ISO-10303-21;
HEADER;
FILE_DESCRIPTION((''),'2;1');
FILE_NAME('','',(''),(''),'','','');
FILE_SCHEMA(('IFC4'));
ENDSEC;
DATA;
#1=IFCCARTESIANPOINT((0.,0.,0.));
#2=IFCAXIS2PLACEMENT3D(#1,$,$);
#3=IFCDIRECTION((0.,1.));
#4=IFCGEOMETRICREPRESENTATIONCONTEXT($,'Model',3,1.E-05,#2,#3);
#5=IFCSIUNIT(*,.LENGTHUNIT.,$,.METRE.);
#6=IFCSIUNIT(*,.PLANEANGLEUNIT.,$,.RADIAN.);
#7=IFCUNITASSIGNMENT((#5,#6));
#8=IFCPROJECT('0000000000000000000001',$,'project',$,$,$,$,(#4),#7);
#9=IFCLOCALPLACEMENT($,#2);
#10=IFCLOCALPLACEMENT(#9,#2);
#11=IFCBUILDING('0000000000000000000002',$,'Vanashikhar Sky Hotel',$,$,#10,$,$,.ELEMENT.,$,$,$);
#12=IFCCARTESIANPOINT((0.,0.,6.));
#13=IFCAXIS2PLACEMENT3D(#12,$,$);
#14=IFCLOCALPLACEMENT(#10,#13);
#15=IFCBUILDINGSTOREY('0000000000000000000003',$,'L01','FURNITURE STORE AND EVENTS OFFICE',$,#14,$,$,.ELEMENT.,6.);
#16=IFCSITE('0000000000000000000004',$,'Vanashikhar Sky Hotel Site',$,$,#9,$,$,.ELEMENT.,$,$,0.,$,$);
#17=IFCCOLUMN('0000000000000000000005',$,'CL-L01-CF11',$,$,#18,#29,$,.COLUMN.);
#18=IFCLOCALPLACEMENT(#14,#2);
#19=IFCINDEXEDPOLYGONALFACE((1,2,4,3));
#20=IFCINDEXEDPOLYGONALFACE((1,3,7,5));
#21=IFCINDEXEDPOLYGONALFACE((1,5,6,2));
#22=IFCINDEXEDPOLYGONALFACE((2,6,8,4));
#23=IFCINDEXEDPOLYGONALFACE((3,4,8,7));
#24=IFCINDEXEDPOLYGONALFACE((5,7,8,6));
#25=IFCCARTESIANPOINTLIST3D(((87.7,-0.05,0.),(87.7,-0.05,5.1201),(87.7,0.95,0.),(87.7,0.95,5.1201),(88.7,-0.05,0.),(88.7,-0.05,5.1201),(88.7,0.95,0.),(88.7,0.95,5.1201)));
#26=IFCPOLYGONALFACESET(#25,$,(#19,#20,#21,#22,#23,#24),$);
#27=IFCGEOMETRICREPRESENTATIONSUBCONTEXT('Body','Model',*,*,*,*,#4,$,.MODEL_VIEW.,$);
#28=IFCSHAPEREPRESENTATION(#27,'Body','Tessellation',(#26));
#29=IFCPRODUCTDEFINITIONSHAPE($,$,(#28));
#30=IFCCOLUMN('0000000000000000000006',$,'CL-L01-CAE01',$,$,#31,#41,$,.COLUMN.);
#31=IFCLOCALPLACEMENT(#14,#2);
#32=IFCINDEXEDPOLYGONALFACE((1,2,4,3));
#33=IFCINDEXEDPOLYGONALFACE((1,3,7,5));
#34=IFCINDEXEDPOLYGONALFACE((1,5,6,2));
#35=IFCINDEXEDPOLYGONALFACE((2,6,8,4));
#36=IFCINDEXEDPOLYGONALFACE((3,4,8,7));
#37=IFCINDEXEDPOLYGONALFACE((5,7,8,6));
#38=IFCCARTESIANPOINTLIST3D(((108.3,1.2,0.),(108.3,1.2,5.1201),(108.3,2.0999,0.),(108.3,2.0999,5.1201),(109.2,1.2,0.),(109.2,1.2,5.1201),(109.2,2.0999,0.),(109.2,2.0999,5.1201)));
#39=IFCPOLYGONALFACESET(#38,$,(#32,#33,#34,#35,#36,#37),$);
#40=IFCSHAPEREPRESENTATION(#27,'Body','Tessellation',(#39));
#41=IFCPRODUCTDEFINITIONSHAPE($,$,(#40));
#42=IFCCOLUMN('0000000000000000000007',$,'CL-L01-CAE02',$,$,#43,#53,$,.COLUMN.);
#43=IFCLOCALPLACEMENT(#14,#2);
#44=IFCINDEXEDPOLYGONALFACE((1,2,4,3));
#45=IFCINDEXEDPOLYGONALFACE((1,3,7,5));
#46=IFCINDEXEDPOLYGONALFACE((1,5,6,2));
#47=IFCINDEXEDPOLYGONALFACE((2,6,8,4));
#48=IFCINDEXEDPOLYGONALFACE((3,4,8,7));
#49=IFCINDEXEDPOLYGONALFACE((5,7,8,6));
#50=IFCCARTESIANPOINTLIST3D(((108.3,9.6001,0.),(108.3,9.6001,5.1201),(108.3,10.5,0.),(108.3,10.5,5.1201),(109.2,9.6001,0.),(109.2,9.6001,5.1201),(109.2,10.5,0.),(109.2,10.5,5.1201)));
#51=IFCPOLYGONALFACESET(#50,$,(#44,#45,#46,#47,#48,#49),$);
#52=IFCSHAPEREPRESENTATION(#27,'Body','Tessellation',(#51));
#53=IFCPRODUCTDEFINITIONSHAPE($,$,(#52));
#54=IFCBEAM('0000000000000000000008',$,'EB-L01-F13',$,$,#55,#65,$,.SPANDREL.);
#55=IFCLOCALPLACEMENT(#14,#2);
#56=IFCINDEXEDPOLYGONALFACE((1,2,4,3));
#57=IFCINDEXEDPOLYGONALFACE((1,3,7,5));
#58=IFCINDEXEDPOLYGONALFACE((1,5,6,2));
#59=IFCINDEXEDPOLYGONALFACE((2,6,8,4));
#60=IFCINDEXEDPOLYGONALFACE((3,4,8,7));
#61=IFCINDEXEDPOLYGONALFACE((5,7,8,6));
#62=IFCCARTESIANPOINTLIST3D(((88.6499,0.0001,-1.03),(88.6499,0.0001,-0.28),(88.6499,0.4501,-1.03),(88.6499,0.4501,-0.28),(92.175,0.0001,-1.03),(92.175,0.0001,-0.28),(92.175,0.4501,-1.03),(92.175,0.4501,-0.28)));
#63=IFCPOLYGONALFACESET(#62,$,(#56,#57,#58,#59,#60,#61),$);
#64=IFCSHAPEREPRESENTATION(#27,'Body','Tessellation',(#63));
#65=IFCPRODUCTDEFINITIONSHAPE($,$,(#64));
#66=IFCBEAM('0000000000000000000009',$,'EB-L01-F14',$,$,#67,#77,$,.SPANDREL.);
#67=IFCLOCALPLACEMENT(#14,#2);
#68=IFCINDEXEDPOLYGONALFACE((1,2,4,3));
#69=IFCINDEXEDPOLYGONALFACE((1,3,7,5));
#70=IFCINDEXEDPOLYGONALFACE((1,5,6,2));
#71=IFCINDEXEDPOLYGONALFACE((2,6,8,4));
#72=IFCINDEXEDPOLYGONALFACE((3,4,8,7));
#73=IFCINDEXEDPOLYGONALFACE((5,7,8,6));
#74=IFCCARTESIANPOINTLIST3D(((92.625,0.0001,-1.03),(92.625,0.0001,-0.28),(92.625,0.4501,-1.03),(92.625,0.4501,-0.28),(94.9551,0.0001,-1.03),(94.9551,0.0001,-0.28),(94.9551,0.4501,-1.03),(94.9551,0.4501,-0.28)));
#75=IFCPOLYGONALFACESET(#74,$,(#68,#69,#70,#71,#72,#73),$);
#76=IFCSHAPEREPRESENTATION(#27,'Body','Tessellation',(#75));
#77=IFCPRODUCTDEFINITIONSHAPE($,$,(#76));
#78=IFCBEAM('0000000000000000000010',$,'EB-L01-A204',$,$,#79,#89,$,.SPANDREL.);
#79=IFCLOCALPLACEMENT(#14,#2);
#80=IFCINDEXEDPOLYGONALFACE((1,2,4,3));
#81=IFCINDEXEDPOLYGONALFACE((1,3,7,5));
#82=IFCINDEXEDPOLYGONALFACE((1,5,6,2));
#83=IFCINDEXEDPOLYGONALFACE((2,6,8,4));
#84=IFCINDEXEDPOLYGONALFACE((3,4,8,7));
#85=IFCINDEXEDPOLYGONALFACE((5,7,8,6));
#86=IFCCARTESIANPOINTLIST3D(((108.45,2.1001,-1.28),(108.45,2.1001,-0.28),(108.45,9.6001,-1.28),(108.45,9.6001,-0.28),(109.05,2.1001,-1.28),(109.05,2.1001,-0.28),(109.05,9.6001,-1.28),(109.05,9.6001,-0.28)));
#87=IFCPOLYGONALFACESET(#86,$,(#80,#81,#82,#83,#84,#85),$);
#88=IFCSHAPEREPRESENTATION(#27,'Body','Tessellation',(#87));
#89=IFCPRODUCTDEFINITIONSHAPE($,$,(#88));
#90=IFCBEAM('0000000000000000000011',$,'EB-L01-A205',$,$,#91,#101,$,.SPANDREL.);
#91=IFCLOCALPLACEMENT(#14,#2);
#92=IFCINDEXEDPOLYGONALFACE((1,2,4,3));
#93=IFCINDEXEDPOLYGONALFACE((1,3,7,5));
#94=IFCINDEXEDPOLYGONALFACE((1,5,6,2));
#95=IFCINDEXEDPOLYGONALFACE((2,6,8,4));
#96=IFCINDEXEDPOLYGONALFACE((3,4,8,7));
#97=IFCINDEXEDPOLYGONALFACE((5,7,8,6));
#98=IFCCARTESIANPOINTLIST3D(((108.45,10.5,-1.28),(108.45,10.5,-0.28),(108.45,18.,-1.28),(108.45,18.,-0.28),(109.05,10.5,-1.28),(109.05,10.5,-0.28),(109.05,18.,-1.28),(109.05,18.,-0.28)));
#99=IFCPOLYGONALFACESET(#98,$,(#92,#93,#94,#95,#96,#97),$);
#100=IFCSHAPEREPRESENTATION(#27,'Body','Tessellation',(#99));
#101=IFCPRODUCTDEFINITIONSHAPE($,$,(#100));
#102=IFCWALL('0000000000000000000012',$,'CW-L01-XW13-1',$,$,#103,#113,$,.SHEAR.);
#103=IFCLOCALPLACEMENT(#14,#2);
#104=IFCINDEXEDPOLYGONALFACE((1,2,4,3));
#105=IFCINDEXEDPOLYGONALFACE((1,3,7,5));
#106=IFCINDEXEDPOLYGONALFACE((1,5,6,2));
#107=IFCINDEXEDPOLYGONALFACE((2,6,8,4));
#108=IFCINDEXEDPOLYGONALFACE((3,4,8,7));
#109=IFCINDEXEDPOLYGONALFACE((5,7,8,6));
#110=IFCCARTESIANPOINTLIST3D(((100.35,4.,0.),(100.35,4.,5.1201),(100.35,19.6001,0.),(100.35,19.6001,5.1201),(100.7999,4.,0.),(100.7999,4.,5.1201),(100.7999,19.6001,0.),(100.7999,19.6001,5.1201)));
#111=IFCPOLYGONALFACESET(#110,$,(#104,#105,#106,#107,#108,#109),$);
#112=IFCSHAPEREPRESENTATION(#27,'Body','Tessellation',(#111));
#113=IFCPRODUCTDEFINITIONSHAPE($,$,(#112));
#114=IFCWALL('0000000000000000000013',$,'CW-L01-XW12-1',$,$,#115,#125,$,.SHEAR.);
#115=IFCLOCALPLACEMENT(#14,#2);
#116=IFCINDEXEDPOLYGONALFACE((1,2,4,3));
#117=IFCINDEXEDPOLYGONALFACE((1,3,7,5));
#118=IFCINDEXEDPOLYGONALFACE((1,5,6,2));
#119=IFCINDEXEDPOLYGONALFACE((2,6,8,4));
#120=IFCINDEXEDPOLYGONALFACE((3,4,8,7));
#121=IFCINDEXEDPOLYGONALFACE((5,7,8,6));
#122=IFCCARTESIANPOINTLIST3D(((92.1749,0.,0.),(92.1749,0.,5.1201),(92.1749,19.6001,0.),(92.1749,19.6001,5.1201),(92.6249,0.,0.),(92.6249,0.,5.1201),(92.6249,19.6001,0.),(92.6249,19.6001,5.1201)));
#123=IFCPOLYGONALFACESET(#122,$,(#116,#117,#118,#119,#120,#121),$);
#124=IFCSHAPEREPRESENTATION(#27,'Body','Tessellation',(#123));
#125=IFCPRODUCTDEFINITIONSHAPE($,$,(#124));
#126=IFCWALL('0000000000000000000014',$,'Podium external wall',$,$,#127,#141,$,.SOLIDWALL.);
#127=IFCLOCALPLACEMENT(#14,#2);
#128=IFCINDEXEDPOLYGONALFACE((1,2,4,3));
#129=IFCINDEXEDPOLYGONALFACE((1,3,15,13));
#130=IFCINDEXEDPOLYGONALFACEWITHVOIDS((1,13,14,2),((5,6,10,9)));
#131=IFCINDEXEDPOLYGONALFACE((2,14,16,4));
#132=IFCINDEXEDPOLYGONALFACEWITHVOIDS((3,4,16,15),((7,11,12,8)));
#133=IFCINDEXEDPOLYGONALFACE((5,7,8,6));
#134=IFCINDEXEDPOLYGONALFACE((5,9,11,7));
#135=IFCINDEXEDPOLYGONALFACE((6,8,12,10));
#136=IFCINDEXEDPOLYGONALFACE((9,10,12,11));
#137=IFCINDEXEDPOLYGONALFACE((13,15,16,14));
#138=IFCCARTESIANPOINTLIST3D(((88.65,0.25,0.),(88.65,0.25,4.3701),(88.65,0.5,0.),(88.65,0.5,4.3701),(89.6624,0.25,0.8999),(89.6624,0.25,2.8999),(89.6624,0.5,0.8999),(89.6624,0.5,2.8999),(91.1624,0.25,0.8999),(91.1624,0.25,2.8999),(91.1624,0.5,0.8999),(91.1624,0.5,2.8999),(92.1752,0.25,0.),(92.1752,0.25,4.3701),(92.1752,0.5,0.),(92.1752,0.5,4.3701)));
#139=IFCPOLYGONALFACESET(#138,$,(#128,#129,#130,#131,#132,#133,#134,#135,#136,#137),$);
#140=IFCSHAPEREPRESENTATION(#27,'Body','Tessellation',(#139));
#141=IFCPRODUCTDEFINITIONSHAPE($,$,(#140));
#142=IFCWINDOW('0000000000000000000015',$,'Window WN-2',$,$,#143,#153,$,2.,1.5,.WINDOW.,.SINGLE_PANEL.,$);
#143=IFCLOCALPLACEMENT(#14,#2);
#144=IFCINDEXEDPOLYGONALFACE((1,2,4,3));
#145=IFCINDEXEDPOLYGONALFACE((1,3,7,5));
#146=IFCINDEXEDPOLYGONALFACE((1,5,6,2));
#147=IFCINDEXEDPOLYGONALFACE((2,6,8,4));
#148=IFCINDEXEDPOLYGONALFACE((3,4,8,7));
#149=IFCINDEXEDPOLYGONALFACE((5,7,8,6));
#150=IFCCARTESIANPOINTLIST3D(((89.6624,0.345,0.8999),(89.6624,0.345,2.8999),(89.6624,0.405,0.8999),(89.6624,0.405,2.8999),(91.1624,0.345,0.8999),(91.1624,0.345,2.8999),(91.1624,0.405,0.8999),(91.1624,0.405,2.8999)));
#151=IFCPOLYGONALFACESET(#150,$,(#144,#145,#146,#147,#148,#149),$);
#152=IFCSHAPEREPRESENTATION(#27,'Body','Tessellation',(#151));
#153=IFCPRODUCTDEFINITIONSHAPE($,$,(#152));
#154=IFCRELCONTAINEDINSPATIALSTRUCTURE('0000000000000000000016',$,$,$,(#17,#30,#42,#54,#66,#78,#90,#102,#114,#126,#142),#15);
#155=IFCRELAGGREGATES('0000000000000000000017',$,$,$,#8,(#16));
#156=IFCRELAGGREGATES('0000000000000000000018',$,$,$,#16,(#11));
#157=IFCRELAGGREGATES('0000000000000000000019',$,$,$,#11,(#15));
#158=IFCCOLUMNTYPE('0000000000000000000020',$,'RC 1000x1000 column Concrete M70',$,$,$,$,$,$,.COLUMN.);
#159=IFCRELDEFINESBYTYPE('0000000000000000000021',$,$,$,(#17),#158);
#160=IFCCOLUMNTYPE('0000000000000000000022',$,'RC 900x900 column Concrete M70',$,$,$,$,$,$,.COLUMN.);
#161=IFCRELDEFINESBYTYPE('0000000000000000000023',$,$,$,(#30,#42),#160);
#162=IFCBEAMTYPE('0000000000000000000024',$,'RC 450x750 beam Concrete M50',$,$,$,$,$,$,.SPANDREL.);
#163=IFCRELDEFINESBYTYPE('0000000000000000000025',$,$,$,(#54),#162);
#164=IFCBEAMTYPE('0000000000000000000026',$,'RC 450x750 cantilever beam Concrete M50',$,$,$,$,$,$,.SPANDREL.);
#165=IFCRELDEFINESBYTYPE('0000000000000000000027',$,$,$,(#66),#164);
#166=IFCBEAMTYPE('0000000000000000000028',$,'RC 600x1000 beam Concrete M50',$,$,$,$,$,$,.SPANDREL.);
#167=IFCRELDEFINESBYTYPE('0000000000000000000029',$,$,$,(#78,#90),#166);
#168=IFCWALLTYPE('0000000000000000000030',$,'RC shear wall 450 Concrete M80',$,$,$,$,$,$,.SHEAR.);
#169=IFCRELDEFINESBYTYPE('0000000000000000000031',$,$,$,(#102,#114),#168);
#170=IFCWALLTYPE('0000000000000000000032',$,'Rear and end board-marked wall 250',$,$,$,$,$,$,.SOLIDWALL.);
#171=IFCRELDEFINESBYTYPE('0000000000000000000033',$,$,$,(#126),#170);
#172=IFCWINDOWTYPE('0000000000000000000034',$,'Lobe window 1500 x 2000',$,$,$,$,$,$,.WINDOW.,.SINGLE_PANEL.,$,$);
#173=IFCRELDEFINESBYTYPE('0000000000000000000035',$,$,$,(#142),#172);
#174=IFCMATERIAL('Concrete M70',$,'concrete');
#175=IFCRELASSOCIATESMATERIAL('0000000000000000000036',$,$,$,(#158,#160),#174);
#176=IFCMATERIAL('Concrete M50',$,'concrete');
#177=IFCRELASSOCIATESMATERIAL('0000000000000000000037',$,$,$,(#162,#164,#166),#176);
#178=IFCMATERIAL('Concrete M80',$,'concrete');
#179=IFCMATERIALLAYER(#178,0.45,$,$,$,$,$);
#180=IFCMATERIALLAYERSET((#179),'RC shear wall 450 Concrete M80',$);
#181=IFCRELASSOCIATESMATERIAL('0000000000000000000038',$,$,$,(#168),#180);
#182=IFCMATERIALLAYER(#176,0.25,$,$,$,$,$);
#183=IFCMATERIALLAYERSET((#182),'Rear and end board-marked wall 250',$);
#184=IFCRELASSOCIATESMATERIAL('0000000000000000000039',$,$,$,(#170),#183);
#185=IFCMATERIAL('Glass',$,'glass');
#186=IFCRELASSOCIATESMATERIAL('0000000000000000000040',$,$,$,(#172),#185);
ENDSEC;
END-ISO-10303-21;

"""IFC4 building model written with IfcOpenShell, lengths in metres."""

from ifc_helpers import new_model, si_unit, direction, frame, frame_2d, origin, origin_2d, place, context, subcontext, project, spatial, rectangle, extrude, source, transform, mapped, material, layer, layer_set, material_profile, profile_set, type_object, element, fill, save


model = new_model("IFC4")

# Units and contexts
model_context = context("Model", 3, precision=1e-05, world=origin(), true_north=direction((0.0, 1.0)))
body_context = subcontext(model_context, "Body", "Model", "MODEL_VIEW")
ifc_project = project(units=[si_unit("LENGTHUNIT", "METRE"), si_unit("PLANEANGLEUNIT", "RADIAN")], contexts=[model_context])

# Site, building, storey
site_placement = place(None, origin())
site = spatial("IfcSite", under=ifc_project, at=site_placement, Name="Vanashikhar Sky Hotel Site", CompositionType="ELEMENT", RefElevation=0.0)
building_placement = place(site_placement, origin())
building = spatial("IfcBuilding", under=site, at=building_placement, Name="Vanashikhar Sky Hotel", CompositionType="ELEMENT")
storey_placement = place(building_placement, frame((0.0, 0.0, 6.0)))
storey = spatial("IfcBuildingStorey", under=building, at=storey_placement, Name="L01", Description="FURNITURE STORE AND EVENTS OFFICE", CompositionType="ELEMENT", Elevation=6.0)

# Columns
ifc_material_1 = material(Name="Concrete M70", Category="concrete")
ifc_material_profile_1 = material_profile(ifc_material_1, rectangle(XDim=1.0, YDim=1.0, at=origin_2d()))
ifc_profile_set_1 = profile_set([ifc_material_profile_1], Name="RC 1000x1000 column Concrete M70")
column_type_1 = type_object("IfcColumnType", Name="RC 1000x1000 column Concrete M70", PredefinedType="COLUMN", material=ifc_profile_set_1)
shared_shape_1 = source(origin(), body_context, "Body", "SweptSolid", [
    extrude(rectangle(XDim=1.0, YDim=1.0, at=origin_2d()), origin(), (0.0, 0.0, 1.0), 5.1201),
])
column_placement = place(storey_placement, frame((88.2, 0.45, 0.0), z_axis=(0.0, 0.0, 1.0), x_axis=(1.0, 0.0, 0.0)))
element("IfcColumn", 1, at=column_placement, inside=storey, type_object=column_type_1, Name="CL-L01-CF11", PredefinedType="COLUMN", context=body_context, shape_type="MappedRepresentation", body=[
    mapped(shared_shape_1, transform((0.0, 0.0, 0.0), scale=1.0)),
])
ifc_material_profile_2 = material_profile(ifc_material_1, rectangle(XDim=0.8999, YDim=0.8999, at=origin_2d()))
ifc_profile_set_2 = profile_set([ifc_material_profile_2], Name="RC 900x900 column Concrete M70")
column_type_2 = type_object("IfcColumnType", Name="RC 900x900 column Concrete M70", PredefinedType="COLUMN", material=ifc_profile_set_2)
shared_shape_2 = source(origin(), body_context, "Body", "SweptSolid", [
    extrude(rectangle(XDim=0.8999, YDim=0.8999, at=origin_2d()), origin(), (0.0, 0.0, 1.0), 5.1201),
])
for number, where, z_axis, x_axis, name in (
    (2, (108.75, 1.6499, 0.0), (0.0, 0.0, 1.0), (1.0, 0.0, 0.0), "CL-L01-CAE01"),
    (3, (108.75, 10.05, 0.0), (0.0, 0.0, 1.0), (1.0, 0.0, 0.0), "CL-L01-CAE02"),
):
    element("IfcColumn", number, at=place(storey_placement, frame(where, z_axis=z_axis, x_axis=x_axis)), inside=storey, type_object=column_type_2, Name=name, PredefinedType="COLUMN", context=body_context, shape_type="MappedRepresentation", body=[
        mapped(shared_shape_2, transform((0.0, 0.0, 0.0), scale=1.0)),
    ])

# Beams
ifc_material_2 = material(Name="Concrete M50", Category="concrete")
ifc_material_profile_3 = material_profile(ifc_material_2, rectangle(XDim=0.45, YDim=0.75, at=origin_2d()))
ifc_profile_set_3 = profile_set([ifc_material_profile_3], Name="RC 450x750 beam Concrete M50")
beam_type_1 = type_object("IfcBeamType", Name="RC 450x750 beam Concrete M50", PredefinedType="SPANDREL", material=ifc_profile_set_3)
shared_shape_3 = source(origin(), body_context, "Body", "SweptSolid", [
    extrude(rectangle(XDim=0.45, YDim=0.75, at=origin_2d()), origin(), (0.0, 0.0, 1.0), 3.5251),
])
beam_1_placement = place(storey_placement, frame((88.6499, 0.2251, -0.655), z_axis=(1.0, 0.0, 0.0), x_axis=(0.0, 1.0, 0.0)))
element("IfcBeam", 4, at=beam_1_placement, inside=storey, type_object=beam_type_1, Name="EB-L01-F13", PredefinedType="SPANDREL", context=body_context, shape_type="MappedRepresentation", body=[
    mapped(shared_shape_3, transform((0.0, 0.0, 0.0), scale=1.0)),
])
ifc_material_profile_4 = material_profile(ifc_material_2, rectangle(XDim=0.45, YDim=0.75, at=origin_2d()))
ifc_profile_set_4 = profile_set([ifc_material_profile_4], Name="RC 450x750 cantilever beam Concrete M50")
beam_type_2 = type_object("IfcBeamType", Name="RC 450x750 cantilever beam Concrete M50", PredefinedType="SPANDREL", material=ifc_profile_set_4)
shared_shape_4 = source(origin(), body_context, "Body", "SweptSolid", [
    extrude(rectangle(XDim=0.45, YDim=0.75, at=origin_2d()), origin(), (0.0, 0.0, 1.0), 2.3301),
])
beam_2_placement = place(storey_placement, frame((92.625, 0.2251, -0.655), z_axis=(1.0, 0.0, 0.0), x_axis=(0.0, 1.0, 0.0)))
element("IfcBeam", 5, at=beam_2_placement, inside=storey, type_object=beam_type_2, Name="EB-L01-F14", PredefinedType="SPANDREL", context=body_context, shape_type="MappedRepresentation", body=[
    mapped(shared_shape_4, transform((0.0, 0.0, 0.0), scale=1.0)),
])
ifc_material_profile_5 = material_profile(ifc_material_2, rectangle(XDim=0.6001, YDim=1.0, at=origin_2d()))
ifc_profile_set_5 = profile_set([ifc_material_profile_5], Name="RC 600x1000 beam Concrete M50")
beam_type_3 = type_object("IfcBeamType", Name="RC 600x1000 beam Concrete M50", PredefinedType="SPANDREL", material=ifc_profile_set_5)
shared_shape_5 = source(origin(), body_context, "Body", "SweptSolid", [
    extrude(rectangle(XDim=0.6001, YDim=1.0, at=origin_2d()), origin(), (0.0, 0.0, 1.0), 7.5),
])
for number, where, z_axis, x_axis, name in (
    (6, (108.75, 2.1001, -0.78), (0.0, 1.0, 0.0), (-1.0, 0.0, 0.0), "EB-L01-A204"),
    (7, (108.75, 10.5, -0.78), (0.0, 1.0, 0.0), (-1.0, 0.0, 0.0), "EB-L01-A205"),
):
    element("IfcBeam", number, at=place(storey_placement, frame(where, z_axis=z_axis, x_axis=x_axis)), inside=storey, type_object=beam_type_3, Name=name, PredefinedType="SPANDREL", context=body_context, shape_type="MappedRepresentation", body=[
        mapped(shared_shape_5, transform((0.0, 0.0, 0.0), scale=1.0)),
    ])

# Walls
ifc_material_3 = material(Name="Concrete M80", Category="concrete")
ifc_layer_1 = layer(ifc_material_3, 0.45)
ifc_layer_set_1 = layer_set([ifc_layer_1], Name="RC shear wall 450 Concrete M80")
wall_type_1 = type_object("IfcWallType", Name="RC shear wall 450 Concrete M80", PredefinedType="SHEAR", material=ifc_layer_set_1)
shared_shape_6 = source(origin(), body_context, "Body", "SweptSolid", [
    extrude(rectangle(XDim=15.6001, YDim=0.45, at=frame_2d((7.8, 0.0))), origin(), (0.0, 0.0, 1.0), 5.1201),
])
wall_1_placement = place(storey_placement, frame((100.575, 4.0, 0.0), z_axis=(0.0, 0.0, 1.0), x_axis=(0.0, 1.0, 0.0)))
element("IfcWall", 8, at=wall_1_placement, inside=storey, type_object=wall_type_1, Name="CW-L01-XW13-1", PredefinedType="SHEAR", context=body_context, shape_type="MappedRepresentation", body=[
    mapped(shared_shape_6, transform((0.0, 0.0, 0.0), scale=1.0)),
])
shared_shape_7 = source(origin(), body_context, "Body", "SweptSolid", [
    extrude(rectangle(XDim=19.6001, YDim=0.45, at=frame_2d((9.8, 0.0))), origin(), (0.0, 0.0, 1.0), 5.1201),
])
wall_2_placement = place(storey_placement, frame((92.3999, 0.0, 0.0), z_axis=(0.0, 0.0, 1.0), x_axis=(0.0, 1.0, 0.0)))
element("IfcWall", 9, at=wall_2_placement, inside=storey, type_object=wall_type_1, Name="CW-L01-XW12-1", PredefinedType="SHEAR", context=body_context, shape_type="MappedRepresentation", body=[
    mapped(shared_shape_7, transform((0.0, 0.0, 0.0), scale=1.0)),
])

# Wall, opening, window
ifc_layer_2 = layer(ifc_material_2, 0.25)
ifc_layer_set_2 = layer_set([ifc_layer_2], Name="Rear and end board-marked wall 250")
wall_type_2 = type_object("IfcWallType", Name="Rear and end board-marked wall 250", PredefinedType="SOLIDWALL", material=ifc_layer_set_2)
shared_shape_8 = source(origin(), body_context, "Body", "SweptSolid", [
    extrude(rectangle(XDim=3.5251, YDim=0.25, at=frame_2d((1.7627, 0.0))), origin(), (0.0, 0.0, 1.0), 4.3701),
])
wall_3_placement = place(storey_placement, frame((88.6499, 0.375, 0.0), z_axis=(0.0, 0.0, 1.0), x_axis=(1.0, 0.0, 0.0)))
wall_3 = element("IfcWall", 10, at=wall_3_placement, inside=storey, type_object=wall_type_2, Name="Podium external wall", PredefinedType="SOLIDWALL", context=body_context, shape_type="MappedRepresentation", body=[
    mapped(shared_shape_8, transform((0.0, 0.0, 0.0), scale=1.0)),
])
shared_shape_9 = source(origin(), body_context, "Body", "SweptSolid", [
    extrude(rectangle(XDim=1.5, YDim=2.0, at=frame_2d((0.75, 1.0))), frame((0.0, 0.135, 0.0), z_axis=(0.0, -1.0, 0.0), x_axis=(1.0, 0.0, 0.0)), (0.0, 0.0, 1.0), 0.27),
])
opening_1_placement = place(wall_3_placement, frame((1.0125, 0.0, 0.8999)))
opening_1 = element("IfcOpeningElement", 11, at=opening_1_placement, cuts=wall_3, PredefinedType="OPENING", context=body_context, shape_type="MappedRepresentation", body=[
    mapped(shared_shape_9, transform((0.0, 0.0, 0.0), scale=1.0)),
])
ifc_material_4 = material(Name="Glass", Category="glass")
window_type = type_object("IfcWindowType", Name="Lobe window 1500 x 2000", PartitioningType="SINGLE_PANEL", PredefinedType="WINDOW", material=ifc_material_4)
shared_shape_10 = source(origin(), body_context, "Body", "SweptSolid", [
    extrude(rectangle(XDim=1.5, YDim=2.0, at=frame_2d((0.75, 1.0))), frame((0.0, 0.03, 0.0), z_axis=(0.0, -1.0, 0.0), x_axis=(1.0, 0.0, 0.0)), (0.0, 0.0, 1.0), 0.0601),
])
window_1_placement = place(opening_1_placement, origin())
window_1 = element("IfcWindow", 12, at=window_1_placement, inside=storey, type_object=window_type, Name="Window WN-2", OverallHeight=2.0, OverallWidth=1.5, PartitioningType="SINGLE_PANEL", PredefinedType="WINDOW", context=body_context, shape_type="MappedRepresentation", body=[
    mapped(shared_shape_10, transform((0.0, 0.0, 0.0), scale=1.0)),
])
fill(opening_1, window_1)

save(model, "model.ifc")
